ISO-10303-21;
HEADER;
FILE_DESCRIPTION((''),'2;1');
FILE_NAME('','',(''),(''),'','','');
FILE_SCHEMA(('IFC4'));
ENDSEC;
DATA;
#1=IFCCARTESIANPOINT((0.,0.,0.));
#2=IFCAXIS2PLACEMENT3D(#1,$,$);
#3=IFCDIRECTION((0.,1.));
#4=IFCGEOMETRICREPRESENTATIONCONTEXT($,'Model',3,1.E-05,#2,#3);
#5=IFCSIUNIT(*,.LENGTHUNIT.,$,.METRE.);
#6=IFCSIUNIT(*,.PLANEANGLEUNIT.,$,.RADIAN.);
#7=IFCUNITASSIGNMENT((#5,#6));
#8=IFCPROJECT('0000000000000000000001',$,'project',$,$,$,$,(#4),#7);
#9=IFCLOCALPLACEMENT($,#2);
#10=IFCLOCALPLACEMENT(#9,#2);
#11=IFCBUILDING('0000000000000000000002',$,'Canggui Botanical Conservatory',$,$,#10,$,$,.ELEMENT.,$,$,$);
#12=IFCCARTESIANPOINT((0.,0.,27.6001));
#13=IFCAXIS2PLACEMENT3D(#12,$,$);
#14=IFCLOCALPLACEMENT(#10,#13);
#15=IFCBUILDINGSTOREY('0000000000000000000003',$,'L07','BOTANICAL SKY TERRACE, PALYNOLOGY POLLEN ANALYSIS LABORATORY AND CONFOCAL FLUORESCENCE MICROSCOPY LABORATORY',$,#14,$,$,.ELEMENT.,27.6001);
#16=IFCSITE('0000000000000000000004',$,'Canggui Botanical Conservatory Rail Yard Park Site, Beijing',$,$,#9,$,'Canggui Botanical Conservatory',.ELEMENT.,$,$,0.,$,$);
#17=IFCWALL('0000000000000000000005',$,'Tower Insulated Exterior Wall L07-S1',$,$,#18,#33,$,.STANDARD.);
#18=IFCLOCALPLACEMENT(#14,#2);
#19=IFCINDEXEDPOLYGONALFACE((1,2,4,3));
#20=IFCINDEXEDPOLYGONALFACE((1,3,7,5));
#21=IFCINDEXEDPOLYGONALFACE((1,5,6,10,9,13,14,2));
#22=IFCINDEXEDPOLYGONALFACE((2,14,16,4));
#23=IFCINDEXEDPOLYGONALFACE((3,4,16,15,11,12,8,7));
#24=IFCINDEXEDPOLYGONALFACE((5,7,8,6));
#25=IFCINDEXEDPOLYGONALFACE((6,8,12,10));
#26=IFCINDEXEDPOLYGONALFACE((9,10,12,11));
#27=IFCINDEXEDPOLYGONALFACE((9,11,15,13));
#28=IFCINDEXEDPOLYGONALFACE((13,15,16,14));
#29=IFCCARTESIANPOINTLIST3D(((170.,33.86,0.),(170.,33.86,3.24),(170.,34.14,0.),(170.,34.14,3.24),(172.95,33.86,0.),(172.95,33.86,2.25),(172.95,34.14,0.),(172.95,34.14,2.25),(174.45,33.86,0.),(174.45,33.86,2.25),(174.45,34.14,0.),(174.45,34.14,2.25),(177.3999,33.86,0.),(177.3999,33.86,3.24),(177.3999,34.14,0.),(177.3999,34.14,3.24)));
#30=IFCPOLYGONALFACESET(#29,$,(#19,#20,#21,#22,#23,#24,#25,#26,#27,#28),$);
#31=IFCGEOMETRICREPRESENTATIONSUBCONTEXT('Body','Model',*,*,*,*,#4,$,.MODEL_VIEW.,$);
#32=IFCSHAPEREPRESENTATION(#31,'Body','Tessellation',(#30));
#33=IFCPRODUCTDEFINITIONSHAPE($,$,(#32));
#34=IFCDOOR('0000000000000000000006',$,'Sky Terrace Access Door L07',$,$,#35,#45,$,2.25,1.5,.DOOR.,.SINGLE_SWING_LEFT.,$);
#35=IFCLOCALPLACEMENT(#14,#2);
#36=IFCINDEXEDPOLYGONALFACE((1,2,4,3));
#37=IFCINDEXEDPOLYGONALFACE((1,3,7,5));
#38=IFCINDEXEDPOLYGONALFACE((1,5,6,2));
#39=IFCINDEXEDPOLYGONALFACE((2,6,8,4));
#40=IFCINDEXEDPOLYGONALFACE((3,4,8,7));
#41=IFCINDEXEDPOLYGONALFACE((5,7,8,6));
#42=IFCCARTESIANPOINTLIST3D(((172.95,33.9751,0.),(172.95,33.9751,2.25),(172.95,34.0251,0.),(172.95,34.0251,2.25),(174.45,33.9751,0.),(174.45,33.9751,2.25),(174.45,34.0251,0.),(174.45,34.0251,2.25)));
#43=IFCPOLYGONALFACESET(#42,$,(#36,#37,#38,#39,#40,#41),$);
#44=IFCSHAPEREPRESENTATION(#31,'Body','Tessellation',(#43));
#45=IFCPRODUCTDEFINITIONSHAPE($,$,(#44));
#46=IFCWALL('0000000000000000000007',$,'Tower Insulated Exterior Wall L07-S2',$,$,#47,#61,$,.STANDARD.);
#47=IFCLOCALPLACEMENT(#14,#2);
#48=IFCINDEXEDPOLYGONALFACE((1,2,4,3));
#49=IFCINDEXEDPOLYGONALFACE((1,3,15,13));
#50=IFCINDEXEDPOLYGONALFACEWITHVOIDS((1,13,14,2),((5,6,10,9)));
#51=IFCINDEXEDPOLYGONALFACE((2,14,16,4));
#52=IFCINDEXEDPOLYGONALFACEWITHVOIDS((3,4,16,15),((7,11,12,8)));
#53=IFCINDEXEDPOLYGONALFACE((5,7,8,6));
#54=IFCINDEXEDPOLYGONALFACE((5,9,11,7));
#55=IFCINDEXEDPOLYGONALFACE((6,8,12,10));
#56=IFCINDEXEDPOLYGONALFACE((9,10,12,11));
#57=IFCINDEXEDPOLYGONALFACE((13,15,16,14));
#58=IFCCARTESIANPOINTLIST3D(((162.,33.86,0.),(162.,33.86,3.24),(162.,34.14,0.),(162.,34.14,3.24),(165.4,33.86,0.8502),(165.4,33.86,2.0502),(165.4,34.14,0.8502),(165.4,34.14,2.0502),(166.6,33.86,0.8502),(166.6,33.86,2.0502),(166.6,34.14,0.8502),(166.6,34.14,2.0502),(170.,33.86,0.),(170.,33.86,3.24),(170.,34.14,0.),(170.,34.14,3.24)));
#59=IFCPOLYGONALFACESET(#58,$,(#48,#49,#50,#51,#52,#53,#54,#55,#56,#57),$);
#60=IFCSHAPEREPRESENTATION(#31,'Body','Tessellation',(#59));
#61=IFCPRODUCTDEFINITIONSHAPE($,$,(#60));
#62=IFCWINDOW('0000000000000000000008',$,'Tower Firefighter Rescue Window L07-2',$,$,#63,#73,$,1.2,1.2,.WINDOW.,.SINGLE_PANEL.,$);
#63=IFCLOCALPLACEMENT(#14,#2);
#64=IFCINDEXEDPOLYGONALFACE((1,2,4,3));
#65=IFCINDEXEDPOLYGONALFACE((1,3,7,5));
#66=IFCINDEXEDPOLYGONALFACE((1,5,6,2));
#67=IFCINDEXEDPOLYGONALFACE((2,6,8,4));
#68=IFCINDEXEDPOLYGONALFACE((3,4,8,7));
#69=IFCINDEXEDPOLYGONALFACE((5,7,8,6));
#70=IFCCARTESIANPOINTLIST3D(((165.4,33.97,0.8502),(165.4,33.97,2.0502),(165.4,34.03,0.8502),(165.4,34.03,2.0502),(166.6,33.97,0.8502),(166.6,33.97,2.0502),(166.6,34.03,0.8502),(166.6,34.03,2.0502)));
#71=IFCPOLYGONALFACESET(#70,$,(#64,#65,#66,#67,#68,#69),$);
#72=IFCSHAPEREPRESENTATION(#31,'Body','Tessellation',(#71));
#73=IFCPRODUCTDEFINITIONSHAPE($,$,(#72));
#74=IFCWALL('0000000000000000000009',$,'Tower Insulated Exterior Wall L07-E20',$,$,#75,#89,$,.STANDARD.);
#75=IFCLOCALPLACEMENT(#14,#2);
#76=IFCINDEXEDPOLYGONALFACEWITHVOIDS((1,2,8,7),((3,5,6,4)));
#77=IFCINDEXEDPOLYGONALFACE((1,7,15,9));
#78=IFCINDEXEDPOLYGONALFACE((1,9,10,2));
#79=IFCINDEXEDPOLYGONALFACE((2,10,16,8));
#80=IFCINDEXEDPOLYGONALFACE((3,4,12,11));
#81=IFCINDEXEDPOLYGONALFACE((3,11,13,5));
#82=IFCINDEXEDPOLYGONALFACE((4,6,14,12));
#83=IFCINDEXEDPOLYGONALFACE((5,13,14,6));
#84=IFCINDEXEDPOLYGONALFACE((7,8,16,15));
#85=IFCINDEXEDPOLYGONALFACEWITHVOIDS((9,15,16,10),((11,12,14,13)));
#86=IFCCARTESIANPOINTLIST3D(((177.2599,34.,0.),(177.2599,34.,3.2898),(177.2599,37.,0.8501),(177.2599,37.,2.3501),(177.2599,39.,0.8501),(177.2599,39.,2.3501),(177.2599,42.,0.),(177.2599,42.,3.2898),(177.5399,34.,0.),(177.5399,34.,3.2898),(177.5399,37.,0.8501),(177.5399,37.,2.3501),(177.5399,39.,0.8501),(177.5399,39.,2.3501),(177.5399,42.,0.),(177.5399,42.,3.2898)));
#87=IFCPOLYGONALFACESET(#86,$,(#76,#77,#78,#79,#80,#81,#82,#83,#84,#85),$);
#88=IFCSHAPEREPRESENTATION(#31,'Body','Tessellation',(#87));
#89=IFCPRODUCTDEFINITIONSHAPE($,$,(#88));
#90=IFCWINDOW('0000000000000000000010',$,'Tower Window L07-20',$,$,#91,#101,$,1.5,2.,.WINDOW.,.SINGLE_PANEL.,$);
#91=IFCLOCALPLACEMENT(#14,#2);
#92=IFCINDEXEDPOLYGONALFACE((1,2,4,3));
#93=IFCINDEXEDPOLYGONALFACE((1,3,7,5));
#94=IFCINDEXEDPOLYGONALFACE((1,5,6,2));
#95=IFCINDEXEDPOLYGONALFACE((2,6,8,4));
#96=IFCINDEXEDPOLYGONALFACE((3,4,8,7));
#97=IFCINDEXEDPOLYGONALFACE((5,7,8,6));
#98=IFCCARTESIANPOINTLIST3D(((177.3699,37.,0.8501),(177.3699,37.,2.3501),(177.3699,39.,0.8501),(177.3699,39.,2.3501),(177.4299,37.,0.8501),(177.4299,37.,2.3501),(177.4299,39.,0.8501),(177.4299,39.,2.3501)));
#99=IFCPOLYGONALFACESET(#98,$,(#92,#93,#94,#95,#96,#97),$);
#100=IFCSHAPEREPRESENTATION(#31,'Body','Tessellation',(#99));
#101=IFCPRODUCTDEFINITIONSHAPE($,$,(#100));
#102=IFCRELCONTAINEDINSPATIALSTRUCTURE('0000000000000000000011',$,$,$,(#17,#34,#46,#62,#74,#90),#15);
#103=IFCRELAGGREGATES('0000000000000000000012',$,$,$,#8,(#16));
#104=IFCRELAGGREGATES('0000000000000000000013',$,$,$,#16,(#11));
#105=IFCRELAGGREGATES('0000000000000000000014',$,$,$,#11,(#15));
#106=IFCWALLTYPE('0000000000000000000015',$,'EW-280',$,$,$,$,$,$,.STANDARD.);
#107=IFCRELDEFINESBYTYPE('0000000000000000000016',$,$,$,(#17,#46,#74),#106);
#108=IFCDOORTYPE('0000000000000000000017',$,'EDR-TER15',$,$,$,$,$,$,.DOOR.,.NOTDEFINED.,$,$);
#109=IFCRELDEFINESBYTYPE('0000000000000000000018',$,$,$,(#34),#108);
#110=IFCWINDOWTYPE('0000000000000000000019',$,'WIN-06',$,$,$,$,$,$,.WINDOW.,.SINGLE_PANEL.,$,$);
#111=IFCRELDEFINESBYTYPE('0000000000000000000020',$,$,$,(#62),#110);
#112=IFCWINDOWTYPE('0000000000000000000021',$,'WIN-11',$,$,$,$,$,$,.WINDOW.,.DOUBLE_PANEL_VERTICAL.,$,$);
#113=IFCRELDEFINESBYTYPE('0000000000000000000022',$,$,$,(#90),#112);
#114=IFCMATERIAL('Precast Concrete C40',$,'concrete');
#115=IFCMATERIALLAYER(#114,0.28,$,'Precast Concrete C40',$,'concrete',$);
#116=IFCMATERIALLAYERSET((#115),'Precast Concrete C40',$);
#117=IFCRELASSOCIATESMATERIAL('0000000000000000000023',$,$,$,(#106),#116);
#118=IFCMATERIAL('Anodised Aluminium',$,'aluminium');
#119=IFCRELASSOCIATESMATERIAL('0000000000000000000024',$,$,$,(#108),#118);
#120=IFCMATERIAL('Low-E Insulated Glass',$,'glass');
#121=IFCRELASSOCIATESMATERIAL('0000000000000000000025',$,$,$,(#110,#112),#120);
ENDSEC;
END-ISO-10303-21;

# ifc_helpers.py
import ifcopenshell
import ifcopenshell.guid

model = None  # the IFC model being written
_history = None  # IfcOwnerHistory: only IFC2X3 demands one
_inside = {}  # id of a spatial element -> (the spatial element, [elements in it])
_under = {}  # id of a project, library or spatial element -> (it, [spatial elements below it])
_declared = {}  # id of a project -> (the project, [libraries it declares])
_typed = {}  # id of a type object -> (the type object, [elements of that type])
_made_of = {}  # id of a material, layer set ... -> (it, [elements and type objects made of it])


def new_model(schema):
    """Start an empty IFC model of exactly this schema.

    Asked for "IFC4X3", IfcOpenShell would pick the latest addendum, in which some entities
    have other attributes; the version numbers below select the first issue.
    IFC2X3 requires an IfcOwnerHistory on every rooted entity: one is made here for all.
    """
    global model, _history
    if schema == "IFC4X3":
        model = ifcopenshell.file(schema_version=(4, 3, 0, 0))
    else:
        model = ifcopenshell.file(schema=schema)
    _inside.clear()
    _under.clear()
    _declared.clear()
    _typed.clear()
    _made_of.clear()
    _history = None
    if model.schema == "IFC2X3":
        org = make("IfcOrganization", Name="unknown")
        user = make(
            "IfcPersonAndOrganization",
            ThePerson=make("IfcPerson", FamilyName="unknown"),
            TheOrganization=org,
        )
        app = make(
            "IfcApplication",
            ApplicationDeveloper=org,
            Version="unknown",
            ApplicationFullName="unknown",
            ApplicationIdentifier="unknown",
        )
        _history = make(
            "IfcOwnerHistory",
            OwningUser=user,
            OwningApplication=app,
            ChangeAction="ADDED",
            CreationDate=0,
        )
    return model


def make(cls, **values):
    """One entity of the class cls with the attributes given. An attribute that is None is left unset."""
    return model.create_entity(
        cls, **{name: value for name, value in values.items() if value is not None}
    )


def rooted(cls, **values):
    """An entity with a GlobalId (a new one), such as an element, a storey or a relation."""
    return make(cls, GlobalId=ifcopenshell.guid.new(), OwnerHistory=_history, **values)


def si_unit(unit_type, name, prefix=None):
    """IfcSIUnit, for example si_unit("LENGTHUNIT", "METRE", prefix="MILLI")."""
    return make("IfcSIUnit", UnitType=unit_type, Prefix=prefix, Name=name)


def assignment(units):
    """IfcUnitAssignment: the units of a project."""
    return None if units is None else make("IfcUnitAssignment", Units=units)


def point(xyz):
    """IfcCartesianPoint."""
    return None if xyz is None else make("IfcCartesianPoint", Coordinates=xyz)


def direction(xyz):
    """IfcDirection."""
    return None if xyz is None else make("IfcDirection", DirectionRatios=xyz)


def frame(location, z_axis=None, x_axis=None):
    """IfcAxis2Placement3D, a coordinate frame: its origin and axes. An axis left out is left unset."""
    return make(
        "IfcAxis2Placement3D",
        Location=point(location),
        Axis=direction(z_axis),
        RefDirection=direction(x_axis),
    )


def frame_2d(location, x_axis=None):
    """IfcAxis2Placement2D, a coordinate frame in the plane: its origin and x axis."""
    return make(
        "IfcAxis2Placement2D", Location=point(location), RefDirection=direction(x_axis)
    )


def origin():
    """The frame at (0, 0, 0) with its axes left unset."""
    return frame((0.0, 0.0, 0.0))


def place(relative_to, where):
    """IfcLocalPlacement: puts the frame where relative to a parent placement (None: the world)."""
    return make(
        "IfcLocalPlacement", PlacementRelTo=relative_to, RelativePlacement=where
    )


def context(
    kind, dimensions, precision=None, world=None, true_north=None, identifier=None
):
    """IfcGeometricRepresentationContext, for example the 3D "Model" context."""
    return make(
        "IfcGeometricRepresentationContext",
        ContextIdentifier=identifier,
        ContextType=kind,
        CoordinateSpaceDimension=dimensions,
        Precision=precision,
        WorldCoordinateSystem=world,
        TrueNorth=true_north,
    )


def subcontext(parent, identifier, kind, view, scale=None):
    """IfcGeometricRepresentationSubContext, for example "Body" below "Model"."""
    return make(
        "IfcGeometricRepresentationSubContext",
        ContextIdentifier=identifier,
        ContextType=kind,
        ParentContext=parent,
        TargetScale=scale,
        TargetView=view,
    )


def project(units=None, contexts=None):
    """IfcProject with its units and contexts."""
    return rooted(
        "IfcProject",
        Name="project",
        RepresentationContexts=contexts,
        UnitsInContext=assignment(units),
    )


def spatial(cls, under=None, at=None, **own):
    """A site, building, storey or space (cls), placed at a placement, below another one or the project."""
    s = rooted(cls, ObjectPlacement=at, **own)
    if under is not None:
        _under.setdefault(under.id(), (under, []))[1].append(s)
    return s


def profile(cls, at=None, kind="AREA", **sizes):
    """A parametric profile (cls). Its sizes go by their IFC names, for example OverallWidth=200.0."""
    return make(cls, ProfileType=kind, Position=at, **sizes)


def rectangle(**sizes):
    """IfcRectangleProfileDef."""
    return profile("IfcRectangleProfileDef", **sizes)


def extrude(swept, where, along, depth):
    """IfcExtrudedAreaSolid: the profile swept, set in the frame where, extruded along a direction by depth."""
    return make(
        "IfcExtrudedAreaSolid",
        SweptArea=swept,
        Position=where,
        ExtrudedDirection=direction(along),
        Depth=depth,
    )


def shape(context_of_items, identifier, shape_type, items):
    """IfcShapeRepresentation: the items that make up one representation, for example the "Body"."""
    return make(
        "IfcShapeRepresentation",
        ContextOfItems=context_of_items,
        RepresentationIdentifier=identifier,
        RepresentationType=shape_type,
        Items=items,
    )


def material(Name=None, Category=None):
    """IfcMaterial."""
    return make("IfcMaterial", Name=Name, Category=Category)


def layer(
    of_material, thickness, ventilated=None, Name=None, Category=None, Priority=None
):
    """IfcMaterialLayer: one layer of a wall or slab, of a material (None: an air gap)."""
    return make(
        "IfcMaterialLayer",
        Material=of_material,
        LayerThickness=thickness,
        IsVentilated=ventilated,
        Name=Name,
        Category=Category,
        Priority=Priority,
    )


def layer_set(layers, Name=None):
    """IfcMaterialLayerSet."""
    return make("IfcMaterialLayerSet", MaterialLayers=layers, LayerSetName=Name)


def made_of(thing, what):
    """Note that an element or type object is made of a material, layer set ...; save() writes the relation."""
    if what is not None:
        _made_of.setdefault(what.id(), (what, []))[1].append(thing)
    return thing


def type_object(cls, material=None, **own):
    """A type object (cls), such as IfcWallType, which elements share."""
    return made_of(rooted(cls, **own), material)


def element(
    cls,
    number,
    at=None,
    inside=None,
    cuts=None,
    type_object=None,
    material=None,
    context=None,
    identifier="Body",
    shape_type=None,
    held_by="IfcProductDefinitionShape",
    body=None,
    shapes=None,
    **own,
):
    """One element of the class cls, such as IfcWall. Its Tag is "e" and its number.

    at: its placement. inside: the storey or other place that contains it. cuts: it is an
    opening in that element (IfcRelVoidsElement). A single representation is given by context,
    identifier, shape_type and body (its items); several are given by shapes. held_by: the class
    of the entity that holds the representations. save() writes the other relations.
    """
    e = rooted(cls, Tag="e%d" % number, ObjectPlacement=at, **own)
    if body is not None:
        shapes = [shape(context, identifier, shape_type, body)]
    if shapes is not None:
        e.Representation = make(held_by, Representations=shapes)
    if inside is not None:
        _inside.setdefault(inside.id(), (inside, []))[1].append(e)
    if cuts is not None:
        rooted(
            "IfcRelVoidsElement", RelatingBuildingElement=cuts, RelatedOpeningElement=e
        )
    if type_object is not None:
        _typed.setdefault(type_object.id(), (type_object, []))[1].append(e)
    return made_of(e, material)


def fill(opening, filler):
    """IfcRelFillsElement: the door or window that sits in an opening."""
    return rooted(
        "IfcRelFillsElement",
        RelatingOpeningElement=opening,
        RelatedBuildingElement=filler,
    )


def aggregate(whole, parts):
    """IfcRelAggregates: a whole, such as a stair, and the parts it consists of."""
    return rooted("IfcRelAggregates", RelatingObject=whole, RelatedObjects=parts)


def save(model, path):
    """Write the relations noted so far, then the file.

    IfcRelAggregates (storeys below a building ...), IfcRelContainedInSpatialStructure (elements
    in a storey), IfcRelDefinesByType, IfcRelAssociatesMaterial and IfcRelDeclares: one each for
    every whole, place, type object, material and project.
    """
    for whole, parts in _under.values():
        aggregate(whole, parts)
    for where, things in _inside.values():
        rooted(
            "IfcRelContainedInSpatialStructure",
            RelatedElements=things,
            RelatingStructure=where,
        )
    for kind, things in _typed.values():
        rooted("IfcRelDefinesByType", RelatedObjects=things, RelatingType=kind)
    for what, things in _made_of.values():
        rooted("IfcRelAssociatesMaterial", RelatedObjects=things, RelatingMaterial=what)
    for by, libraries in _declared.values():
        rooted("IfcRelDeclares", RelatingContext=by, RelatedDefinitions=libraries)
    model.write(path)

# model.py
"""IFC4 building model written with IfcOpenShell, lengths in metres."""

from ifc_helpers import new_model, si_unit, direction, frame, frame_2d, origin, place, context, subcontext, project, spatial, rectangle, extrude, material, layer, layer_set, type_object, element, fill, save


model = new_model("IFC4")

# Units and contexts
model_context = context("Model", 3, precision=1e-05, world=origin(), true_north=direction((0.0, 1.0)))
body_context = subcontext(model_context, "Body", "Model", "MODEL_VIEW")
ifc_project = project(units=[si_unit("LENGTHUNIT", "METRE"), si_unit("PLANEANGLEUNIT", "RADIAN")], contexts=[model_context])

# Site, building, storey
site_placement = place(None, origin())
site = spatial("IfcSite", under=ifc_project, at=site_placement, Name="Canggui Botanical Conservatory Rail Yard Park Site, Beijing", LongName="Canggui Botanical Conservatory", CompositionType="ELEMENT", RefElevation=0.0)
building_placement = place(site_placement, origin())
building = spatial("IfcBuilding", under=site, at=building_placement, Name="Canggui Botanical Conservatory", CompositionType="ELEMENT")
storey_placement = place(building_placement, frame((0.0, 0.0, 27.6001)))
storey = spatial("IfcBuildingStorey", under=building, at=storey_placement, Name="L07", Description="BOTANICAL SKY TERRACE, PALYNOLOGY POLLEN ANALYSIS LABORATORY AND CONFOCAL FLUORESCENCE MICROSCOPY LABORATORY", CompositionType="ELEMENT", Elevation=27.6001)

# Wall, opening, door
ifc_material_1 = material(Name="Precast Concrete C40", Category="concrete")
ifc_layer = layer(ifc_material_1, 0.28, Name="Precast Concrete C40", Category="concrete")
ifc_layer_set = layer_set([ifc_layer], Name="Precast Concrete C40")
wall_type = type_object("IfcWallType", Name="EW-280", PredefinedType="STANDARD", material=ifc_layer_set)
wall_1_placement = place(storey_placement, frame((177.3999, 34.0, 0.0), z_axis=(0.0, 0.0, 1.0), x_axis=(-1.0, 0.0, 0.0)))
wall_1 = element("IfcWall", 1, at=wall_1_placement, inside=storey, type_object=wall_type, Name="Tower Insulated Exterior Wall L07-S1", PredefinedType="STANDARD", context=body_context, shape_type="SweptSolid", body=[
    extrude(rectangle(XDim=7.3999, YDim=0.28, at=frame_2d((3.7, 0.0))), origin(), (0.0, 0.0, 1.0), 3.24),
])
opening_1_placement = place(wall_1_placement, frame((2.95, 0.0, 0.0)))
opening_1 = element("IfcOpeningElement", 2, at=opening_1_placement, cuts=wall_1, PredefinedType="OPENING", context=body_context, shape_type="SweptSolid", body=[
    extrude(rectangle(XDim=1.5, YDim=2.25, at=frame_2d((0.75, 1.125))), frame((0.0, 0.1499, 0.0), z_axis=(0.0, -1.0, 0.0), x_axis=(1.0, 0.0, 0.0)), (0.0, 0.0, 1.0), 0.3),
])
ifc_material_2 = material(Name="Anodised Aluminium", Category="aluminium")
door_type = type_object("IfcDoorType", Name="EDR-TER15", OperationType="NOTDEFINED", PredefinedType="DOOR", material=ifc_material_2)
door_placement = place(opening_1_placement, origin())
door = element("IfcDoor", 3, at=door_placement, inside=storey, type_object=door_type, Name="Sky Terrace Access Door L07", OperationType="SINGLE_SWING_LEFT", OverallHeight=2.25, OverallWidth=1.5, PredefinedType="DOOR", context=body_context, shape_type="SweptSolid", body=[
    extrude(rectangle(XDim=1.5, YDim=2.25, at=frame_2d((0.75, 1.125))), frame((0.0, 0.0249, 0.0), z_axis=(0.0, -1.0, 0.0), x_axis=(1.0, 0.0, 0.0)), (0.0, 0.0, 1.0), 0.05),
])
fill(opening_1, door)

# Walls, openings, windows
wall_2_placement = place(storey_placement, frame((170.0, 34.0, 0.0), z_axis=(0.0, 0.0, 1.0), x_axis=(-1.0, 0.0, 0.0)))
wall_2 = element("IfcWall", 4, at=wall_2_placement, inside=storey, type_object=wall_type, Name="Tower Insulated Exterior Wall L07-S2", PredefinedType="STANDARD", context=body_context, shape_type="SweptSolid", body=[
    extrude(rectangle(XDim=8.0, YDim=0.28, at=frame_2d((4.0, 0.0))), origin(), (0.0, 0.0, 1.0), 3.24),
])
opening_2_placement = place(wall_2_placement, frame((3.3999, 0.0, 0.8501)))
opening_2 = element("IfcOpeningElement", 5, at=opening_2_placement, cuts=wall_2, PredefinedType="OPENING", context=body_context, shape_type="SweptSolid", body=[
    extrude(rectangle(XDim=1.2, YDim=1.2, at=frame_2d((0.6001, 0.6001))), frame((0.0, 0.1499, 0.0), z_axis=(0.0, -1.0, 0.0), x_axis=(1.0, 0.0, 0.0)), (0.0, 0.0, 1.0), 0.3),
])
ifc_material_3 = material(Name="Low-E Insulated Glass", Category="glass")
window_type_1 = type_object("IfcWindowType", Name="WIN-06", PartitioningType="SINGLE_PANEL", PredefinedType="WINDOW", material=ifc_material_3)
window_1_placement = place(opening_2_placement, origin())
window_1 = element("IfcWindow", 6, at=window_1_placement, inside=storey, type_object=window_type_1, Name="Tower Firefighter Rescue Window L07-2", OverallHeight=1.2, OverallWidth=1.2, PartitioningType="SINGLE_PANEL", PredefinedType="WINDOW", context=body_context, shape_type="SweptSolid", body=[
    extrude(rectangle(XDim=1.2, YDim=1.2, at=frame_2d((0.6001, 0.6001))), frame((0.0, 0.03, 0.0), z_axis=(0.0, -1.0, 0.0), x_axis=(1.0, 0.0, 0.0)), (0.0, 0.0, 1.0), 0.0601),
])
fill(opening_2, window_1)
wall_3_placement = place(storey_placement, frame((177.3999, 42.0, 0.0), z_axis=(0.0, 0.0, 1.0), x_axis=(0.0, -1.0, 0.0)))
wall_3 = element("IfcWall", 7, at=wall_3_placement, inside=storey, type_object=wall_type, Name="Tower Insulated Exterior Wall L07-E20", PredefinedType="STANDARD", context=body_context, shape_type="SweptSolid", body=[
    extrude(rectangle(XDim=8.0, YDim=0.28, at=frame_2d((4.0, 0.0))), origin(), (0.0, 0.0, 1.0), 3.2898),
])
opening_3_placement = place(wall_3_placement, frame((3.0, 0.0, 0.8501)))
opening_3 = element("IfcOpeningElement", 8, at=opening_3_placement, cuts=wall_3, PredefinedType="OPENING", context=body_context, shape_type="SweptSolid", body=[
    extrude(rectangle(XDim=2.0, YDim=1.5, at=frame_2d((1.0, 0.75))), frame((0.0, 0.1499, 0.0), z_axis=(0.0, -1.0, 0.0), x_axis=(1.0, 0.0, 0.0)), (0.0, 0.0, 1.0), 0.3),
])
window_type_2 = type_object("IfcWindowType", Name="WIN-11", PartitioningType="DOUBLE_PANEL_VERTICAL", PredefinedType="WINDOW", material=ifc_material_3)
window_2_placement = place(opening_3_placement, origin())
window_2 = element("IfcWindow", 9, at=window_2_placement, inside=storey, type_object=window_type_2, Name="Tower Window L07-20", OverallHeight=1.5, OverallWidth=2.0, PartitioningType="SINGLE_PANEL", PredefinedType="WINDOW", context=body_context, shape_type="SweptSolid", body=[
    extrude(rectangle(XDim=2.0, YDim=1.5, at=frame_2d((1.0, 0.75))), frame((0.0, 0.03, 0.0), z_axis=(0.0, -1.0, 0.0), x_axis=(1.0, 0.0, 0.0)), (0.0, 0.0, 1.0), 0.0601),
])
fill(opening_3, window_2)

save(model, "model.ifc")
